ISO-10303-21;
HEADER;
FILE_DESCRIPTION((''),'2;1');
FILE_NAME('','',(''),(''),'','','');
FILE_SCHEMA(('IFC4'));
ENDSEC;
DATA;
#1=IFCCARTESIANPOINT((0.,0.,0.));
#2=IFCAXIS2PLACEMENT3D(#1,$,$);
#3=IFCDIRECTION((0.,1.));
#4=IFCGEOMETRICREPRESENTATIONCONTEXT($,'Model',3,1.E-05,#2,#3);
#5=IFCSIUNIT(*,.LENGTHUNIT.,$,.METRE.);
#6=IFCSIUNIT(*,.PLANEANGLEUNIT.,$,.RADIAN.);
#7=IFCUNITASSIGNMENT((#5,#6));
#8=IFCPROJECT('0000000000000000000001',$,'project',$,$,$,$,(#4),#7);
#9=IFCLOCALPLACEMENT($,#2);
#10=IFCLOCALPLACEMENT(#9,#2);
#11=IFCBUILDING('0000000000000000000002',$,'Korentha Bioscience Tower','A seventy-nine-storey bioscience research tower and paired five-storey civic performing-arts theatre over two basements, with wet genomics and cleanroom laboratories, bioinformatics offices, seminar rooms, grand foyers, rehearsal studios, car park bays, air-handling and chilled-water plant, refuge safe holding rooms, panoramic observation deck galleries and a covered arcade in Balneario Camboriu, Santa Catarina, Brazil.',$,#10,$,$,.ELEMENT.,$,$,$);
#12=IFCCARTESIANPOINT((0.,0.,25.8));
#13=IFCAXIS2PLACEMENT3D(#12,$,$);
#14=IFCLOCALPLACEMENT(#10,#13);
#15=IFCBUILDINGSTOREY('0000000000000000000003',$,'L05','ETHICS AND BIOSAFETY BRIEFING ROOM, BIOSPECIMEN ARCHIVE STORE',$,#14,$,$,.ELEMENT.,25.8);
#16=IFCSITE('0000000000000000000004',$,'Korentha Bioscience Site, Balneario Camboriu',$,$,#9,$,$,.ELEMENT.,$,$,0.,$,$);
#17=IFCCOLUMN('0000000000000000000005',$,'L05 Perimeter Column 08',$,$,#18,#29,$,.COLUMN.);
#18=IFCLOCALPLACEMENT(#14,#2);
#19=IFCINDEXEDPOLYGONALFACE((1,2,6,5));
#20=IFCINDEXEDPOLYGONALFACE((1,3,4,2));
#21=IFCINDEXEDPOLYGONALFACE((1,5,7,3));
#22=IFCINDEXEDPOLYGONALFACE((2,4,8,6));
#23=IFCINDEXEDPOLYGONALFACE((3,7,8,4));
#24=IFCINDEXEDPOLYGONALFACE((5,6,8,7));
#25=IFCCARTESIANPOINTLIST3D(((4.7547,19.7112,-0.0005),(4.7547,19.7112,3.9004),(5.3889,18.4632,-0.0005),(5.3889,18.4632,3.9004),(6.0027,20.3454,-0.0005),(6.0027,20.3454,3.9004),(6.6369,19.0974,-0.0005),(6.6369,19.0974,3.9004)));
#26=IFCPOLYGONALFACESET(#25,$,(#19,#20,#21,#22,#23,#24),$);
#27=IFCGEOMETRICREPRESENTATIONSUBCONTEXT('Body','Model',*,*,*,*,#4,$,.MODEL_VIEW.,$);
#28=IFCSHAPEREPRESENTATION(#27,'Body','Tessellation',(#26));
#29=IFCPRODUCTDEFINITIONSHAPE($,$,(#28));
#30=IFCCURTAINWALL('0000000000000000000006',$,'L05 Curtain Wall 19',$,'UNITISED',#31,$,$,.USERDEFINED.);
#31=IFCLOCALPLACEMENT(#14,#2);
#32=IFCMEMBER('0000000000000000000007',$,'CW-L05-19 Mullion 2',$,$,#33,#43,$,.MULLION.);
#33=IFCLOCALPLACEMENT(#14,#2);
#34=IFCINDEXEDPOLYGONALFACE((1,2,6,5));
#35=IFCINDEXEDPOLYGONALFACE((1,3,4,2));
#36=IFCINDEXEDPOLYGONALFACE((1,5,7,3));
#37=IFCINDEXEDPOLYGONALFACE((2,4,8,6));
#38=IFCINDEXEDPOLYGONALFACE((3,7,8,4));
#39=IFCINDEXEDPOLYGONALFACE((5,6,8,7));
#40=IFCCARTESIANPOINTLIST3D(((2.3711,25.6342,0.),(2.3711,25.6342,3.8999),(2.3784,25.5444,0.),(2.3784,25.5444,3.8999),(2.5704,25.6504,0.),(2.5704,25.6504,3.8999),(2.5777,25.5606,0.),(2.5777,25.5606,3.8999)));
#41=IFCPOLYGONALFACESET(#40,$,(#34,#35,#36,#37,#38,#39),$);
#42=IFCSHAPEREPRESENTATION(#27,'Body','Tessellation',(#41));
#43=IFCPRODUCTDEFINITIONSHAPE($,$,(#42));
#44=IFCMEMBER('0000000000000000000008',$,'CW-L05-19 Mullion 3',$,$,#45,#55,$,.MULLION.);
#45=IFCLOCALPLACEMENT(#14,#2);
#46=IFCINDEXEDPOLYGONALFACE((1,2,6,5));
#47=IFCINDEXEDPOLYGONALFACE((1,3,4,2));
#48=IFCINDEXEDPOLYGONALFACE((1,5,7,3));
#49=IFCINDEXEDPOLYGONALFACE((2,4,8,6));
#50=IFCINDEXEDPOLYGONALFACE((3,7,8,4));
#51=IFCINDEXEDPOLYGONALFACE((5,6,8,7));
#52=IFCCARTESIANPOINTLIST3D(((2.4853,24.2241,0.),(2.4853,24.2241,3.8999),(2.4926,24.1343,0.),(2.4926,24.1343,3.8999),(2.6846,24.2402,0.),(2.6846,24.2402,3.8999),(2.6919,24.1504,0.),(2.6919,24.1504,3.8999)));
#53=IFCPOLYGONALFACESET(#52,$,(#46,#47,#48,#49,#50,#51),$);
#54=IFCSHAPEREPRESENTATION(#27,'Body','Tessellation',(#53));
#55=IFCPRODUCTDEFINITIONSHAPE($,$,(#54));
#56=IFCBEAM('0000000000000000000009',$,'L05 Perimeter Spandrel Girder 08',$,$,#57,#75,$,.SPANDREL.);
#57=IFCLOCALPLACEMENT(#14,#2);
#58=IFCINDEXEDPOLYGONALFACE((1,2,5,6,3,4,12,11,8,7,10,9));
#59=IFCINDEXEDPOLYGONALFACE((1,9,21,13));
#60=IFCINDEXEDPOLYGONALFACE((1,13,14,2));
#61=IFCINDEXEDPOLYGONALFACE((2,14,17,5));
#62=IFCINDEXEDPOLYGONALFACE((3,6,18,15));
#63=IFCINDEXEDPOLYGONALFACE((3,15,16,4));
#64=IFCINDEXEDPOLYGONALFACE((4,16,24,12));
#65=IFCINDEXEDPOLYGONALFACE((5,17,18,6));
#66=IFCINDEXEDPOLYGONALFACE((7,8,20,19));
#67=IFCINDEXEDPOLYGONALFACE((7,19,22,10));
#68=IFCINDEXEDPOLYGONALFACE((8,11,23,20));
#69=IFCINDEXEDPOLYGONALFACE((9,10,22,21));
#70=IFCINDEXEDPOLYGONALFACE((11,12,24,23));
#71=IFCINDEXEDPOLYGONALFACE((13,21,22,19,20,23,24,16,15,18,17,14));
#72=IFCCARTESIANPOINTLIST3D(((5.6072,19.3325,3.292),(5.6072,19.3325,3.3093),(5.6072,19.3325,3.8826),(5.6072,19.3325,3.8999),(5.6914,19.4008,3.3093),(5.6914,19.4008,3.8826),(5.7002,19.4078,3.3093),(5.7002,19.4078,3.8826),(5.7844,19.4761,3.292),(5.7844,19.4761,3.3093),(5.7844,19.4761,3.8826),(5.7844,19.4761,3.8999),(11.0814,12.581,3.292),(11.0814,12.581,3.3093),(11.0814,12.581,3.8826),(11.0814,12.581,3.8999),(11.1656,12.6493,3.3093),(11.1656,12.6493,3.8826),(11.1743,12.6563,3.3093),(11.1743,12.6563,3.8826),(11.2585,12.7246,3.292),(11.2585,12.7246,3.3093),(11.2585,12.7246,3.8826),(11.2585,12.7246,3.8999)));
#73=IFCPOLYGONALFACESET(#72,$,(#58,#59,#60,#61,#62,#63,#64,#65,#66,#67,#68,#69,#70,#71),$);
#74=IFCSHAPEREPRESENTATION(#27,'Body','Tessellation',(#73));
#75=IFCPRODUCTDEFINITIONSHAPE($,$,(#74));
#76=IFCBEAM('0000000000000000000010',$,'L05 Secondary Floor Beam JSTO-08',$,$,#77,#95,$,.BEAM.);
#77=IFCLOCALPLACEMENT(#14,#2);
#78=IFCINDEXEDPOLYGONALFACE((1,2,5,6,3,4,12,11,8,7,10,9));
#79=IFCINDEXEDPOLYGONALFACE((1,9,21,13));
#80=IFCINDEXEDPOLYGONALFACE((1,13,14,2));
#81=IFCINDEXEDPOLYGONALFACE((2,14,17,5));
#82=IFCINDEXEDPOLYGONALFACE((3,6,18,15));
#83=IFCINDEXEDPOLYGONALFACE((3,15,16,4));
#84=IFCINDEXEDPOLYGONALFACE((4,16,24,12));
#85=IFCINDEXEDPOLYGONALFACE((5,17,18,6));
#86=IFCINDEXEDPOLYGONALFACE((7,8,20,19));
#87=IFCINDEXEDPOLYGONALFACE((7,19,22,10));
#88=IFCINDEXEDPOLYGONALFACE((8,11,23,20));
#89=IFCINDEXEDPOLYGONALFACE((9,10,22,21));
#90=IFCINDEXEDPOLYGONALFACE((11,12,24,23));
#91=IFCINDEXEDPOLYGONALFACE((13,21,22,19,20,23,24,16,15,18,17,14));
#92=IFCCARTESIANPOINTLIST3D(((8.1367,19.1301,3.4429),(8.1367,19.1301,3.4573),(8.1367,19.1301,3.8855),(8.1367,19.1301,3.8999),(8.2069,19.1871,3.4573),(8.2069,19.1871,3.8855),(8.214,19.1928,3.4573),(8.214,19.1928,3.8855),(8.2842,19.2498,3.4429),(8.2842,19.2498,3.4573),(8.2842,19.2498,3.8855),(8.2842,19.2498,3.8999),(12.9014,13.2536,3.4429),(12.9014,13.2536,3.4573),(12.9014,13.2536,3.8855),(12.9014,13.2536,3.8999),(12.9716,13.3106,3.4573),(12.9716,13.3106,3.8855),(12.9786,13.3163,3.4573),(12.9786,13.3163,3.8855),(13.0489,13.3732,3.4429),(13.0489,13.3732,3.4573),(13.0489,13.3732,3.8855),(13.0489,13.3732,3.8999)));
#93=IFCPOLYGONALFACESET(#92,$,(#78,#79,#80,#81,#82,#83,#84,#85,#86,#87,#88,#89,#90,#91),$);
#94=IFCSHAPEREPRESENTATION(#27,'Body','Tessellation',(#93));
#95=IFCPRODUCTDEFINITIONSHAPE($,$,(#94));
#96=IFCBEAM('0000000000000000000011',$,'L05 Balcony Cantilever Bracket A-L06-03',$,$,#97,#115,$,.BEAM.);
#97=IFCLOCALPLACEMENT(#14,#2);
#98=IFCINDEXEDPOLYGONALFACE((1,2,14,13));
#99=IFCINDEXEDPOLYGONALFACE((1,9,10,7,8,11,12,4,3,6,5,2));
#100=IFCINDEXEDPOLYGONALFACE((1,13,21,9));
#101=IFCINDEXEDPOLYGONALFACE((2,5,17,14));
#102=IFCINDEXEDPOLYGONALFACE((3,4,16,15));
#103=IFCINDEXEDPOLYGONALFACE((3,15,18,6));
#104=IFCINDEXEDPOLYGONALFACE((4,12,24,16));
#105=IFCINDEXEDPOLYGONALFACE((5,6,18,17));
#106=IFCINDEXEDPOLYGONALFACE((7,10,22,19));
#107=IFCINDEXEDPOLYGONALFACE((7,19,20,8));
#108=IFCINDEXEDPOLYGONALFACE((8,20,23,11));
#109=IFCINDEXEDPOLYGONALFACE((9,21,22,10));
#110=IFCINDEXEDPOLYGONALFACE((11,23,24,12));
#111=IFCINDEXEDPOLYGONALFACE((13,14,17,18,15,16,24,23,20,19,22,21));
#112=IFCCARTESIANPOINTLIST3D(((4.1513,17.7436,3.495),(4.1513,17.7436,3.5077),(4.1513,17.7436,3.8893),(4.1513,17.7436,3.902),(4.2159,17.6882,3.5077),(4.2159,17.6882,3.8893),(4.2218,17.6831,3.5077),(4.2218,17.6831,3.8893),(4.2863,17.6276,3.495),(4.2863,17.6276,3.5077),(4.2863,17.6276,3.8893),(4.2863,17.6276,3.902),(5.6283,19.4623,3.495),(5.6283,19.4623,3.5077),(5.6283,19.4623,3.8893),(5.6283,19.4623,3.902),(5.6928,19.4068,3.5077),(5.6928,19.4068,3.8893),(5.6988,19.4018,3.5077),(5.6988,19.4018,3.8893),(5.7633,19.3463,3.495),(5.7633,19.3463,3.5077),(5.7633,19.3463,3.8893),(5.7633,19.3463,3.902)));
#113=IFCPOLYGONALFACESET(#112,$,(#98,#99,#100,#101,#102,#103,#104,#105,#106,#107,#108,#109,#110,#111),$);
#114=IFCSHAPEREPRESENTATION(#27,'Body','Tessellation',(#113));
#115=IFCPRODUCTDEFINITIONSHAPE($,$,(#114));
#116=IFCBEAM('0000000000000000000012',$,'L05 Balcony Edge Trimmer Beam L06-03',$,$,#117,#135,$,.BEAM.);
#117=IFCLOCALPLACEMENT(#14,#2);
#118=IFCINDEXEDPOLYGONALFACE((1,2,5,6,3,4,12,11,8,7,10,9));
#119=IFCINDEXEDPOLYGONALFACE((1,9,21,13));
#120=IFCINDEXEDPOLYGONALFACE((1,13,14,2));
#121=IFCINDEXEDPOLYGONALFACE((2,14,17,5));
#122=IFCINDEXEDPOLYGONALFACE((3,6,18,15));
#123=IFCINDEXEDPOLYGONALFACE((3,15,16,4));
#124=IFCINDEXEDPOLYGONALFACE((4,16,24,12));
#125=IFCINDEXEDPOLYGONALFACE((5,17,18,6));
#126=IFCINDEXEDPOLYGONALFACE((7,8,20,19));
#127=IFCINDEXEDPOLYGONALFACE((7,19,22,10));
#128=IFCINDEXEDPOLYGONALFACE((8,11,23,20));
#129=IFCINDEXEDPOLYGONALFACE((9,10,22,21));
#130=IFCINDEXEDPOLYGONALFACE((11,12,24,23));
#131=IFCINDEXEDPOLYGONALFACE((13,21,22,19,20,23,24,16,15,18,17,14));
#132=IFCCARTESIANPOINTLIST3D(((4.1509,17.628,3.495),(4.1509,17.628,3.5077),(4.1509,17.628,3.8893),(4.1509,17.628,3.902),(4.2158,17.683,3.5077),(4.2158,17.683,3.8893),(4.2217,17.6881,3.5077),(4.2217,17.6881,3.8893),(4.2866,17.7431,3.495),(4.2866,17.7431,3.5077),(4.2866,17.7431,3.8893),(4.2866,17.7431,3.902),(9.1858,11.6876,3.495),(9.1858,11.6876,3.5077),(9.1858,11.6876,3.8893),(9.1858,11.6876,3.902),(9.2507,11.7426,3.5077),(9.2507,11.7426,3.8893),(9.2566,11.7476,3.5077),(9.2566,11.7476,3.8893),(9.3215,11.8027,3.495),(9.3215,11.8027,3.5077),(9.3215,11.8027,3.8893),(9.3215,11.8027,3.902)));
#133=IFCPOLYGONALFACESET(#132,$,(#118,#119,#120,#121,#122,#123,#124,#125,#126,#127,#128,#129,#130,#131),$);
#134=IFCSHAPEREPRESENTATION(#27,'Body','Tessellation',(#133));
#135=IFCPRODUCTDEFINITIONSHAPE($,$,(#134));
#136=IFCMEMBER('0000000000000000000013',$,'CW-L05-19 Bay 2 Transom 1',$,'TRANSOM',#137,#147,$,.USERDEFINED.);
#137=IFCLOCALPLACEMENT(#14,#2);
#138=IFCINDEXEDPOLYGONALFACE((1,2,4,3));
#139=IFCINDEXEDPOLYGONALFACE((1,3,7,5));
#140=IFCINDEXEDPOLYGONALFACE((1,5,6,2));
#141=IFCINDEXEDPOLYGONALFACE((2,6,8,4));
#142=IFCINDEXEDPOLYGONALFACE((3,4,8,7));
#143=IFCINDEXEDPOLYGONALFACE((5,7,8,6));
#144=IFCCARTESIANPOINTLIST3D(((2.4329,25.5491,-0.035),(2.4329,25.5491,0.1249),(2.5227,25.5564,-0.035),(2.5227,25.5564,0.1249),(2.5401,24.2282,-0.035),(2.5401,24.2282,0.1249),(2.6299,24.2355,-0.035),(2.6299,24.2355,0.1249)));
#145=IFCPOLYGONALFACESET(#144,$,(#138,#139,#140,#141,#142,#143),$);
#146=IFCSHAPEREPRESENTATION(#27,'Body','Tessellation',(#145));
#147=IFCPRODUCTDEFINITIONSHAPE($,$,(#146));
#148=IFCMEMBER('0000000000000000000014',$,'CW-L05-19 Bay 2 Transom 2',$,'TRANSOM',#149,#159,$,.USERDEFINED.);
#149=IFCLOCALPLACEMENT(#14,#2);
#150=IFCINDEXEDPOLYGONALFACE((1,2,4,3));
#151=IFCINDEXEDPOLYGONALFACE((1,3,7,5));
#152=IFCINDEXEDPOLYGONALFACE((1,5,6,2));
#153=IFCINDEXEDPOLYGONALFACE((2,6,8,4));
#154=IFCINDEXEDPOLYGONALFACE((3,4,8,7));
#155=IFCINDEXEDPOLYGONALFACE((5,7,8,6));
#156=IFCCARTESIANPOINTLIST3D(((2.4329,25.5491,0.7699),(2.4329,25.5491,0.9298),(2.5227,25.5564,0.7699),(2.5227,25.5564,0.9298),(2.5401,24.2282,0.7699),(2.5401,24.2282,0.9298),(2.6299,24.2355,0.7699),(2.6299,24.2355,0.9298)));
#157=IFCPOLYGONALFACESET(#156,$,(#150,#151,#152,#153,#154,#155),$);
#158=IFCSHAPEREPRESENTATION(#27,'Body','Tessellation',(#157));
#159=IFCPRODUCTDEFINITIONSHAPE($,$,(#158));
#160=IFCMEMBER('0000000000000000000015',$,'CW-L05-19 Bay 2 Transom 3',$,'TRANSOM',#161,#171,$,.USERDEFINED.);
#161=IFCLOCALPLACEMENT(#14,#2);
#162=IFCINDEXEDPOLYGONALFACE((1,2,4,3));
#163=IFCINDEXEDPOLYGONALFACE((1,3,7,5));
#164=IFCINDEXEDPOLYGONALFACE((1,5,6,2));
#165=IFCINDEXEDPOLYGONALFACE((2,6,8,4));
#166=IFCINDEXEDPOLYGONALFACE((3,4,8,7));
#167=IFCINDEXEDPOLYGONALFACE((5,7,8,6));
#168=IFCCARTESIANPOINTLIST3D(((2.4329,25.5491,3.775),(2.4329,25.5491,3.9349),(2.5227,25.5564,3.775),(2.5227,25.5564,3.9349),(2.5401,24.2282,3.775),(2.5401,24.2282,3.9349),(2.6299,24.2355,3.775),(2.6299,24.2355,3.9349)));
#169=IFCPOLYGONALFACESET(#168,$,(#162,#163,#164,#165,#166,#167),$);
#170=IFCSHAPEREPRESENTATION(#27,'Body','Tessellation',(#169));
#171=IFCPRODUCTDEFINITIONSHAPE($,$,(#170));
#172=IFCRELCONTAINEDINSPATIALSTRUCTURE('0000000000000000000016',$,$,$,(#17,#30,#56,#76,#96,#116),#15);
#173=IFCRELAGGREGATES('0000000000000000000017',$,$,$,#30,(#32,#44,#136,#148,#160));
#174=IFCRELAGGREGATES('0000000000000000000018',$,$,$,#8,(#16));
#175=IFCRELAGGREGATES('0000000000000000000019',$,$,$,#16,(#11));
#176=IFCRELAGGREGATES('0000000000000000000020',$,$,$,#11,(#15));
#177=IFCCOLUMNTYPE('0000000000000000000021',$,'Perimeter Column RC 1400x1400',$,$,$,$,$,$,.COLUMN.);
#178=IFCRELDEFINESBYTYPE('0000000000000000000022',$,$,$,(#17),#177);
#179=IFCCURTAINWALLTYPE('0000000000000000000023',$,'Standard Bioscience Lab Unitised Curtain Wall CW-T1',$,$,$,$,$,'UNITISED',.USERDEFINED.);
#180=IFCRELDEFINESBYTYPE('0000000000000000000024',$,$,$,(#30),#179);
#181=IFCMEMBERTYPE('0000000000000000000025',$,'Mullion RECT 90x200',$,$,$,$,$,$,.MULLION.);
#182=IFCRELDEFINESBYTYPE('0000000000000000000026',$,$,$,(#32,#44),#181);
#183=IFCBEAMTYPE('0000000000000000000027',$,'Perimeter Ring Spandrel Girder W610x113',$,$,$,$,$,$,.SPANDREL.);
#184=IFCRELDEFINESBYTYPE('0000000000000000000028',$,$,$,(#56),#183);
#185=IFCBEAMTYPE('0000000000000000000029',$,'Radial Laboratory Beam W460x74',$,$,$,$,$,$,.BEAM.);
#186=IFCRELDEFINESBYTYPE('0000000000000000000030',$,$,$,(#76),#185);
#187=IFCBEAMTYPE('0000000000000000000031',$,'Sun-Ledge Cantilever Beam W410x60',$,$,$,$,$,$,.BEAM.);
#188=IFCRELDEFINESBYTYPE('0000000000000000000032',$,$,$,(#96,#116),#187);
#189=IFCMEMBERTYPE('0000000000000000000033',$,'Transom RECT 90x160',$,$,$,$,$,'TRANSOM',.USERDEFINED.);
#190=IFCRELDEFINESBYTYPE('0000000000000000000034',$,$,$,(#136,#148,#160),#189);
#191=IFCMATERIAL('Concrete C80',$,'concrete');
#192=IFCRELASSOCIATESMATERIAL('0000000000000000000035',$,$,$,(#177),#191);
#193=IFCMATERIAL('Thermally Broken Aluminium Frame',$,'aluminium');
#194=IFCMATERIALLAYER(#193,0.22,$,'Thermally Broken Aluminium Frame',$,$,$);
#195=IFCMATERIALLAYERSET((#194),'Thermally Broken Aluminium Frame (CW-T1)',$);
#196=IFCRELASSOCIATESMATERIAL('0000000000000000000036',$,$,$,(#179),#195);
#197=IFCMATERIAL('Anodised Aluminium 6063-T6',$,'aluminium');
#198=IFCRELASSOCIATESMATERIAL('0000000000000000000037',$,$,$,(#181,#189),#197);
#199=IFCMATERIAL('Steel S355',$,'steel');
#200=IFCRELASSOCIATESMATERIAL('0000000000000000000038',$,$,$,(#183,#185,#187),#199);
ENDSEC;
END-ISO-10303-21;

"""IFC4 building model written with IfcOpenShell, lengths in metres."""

from ifc_helpers import new_model, si_unit, direction, frame, origin, origin_2d, place, context, subcontext, project, spatial, rectangle, i_section, extrude, material, layer, layer_set, material_profile, profile_set, type_object, element, aggregate, save


model = new_model("IFC4")

# Units and contexts
model_context = context("Model", 3, precision=1e-05, world=origin(), true_north=direction((0.0, 1.0)))
body_context = subcontext(model_context, "Body", "Model", "MODEL_VIEW")
ifc_project = project(units=[si_unit("LENGTHUNIT", "METRE"), si_unit("PLANEANGLEUNIT", "RADIAN")], contexts=[model_context])

# Site, building, storey
site_placement = place(None, origin())
site = spatial("IfcSite", under=ifc_project, at=site_placement, Name="Korentha Bioscience Site, Balneario Camboriu", CompositionType="ELEMENT", RefElevation=0.0)
building_placement = place(site_placement, origin())
building = spatial("IfcBuilding", under=site, at=building_placement, Name="Korentha Bioscience Tower", Description="A seventy-nine-storey bioscience research tower and paired five-storey civic performing-arts theatre over two basements, with wet genomics and cleanroom laboratories, bioinformatics offices, seminar rooms, grand foyers, rehearsal studios, car park bays, air-handling and chilled-water plant, refuge safe holding rooms, panoramic observation deck galleries and a covered arcade in Balneario Camboriu, Santa Catarina, Brazil.", CompositionType="ELEMENT")
storey_placement = place(building_placement, frame((0.0, 0.0, 25.8)))
storey = spatial("IfcBuildingStorey", under=building, at=storey_placement, Name="L05", Description="ETHICS AND BIOSAFETY BRIEFING ROOM, BIOSPECIMEN ARCHIVE STORE", CompositionType="ELEMENT", Elevation=25.8)

# Column
ifc_material_1 = material(Name="Concrete C80", Category="concrete")
ifc_material_profile_1 = material_profile(ifc_material_1, rectangle(XDim=1.3999, YDim=1.3999, at=origin_2d()), Name="Concrete C80")
ifc_profile_set_1 = profile_set([ifc_material_profile_1], Name="Concrete C80 (COL-P14)")
column_type = type_object("IfcColumnType", Name="Perimeter Column RC 1400x1400", PredefinedType="COLUMN", material=ifc_profile_set_1)
column_placement = place(storey_placement, frame((5.6958, 19.4043, -0.0005), z_axis=(0.0, 0.0, 1.0), x_axis=(-0.453057, 0.891481, 0.0)))
element("IfcColumn", 1, at=column_placement, inside=storey, type_object=column_type, Name="L05 Perimeter Column 08", PredefinedType="COLUMN", context=body_context, shape_type="SweptSolid", body=[
    extrude(rectangle(XDim=1.3999, YDim=1.3999, at=origin_2d()), origin(), (0.0, 0.0, 1.0), 3.9009),
])

# Curtain wall, members
ifc_material_2 = material(Name="Thermally Broken Aluminium Frame", Category="aluminium")
ifc_layer_1 = layer(ifc_material_2, 0.22, Name="Thermally Broken Aluminium Frame")
ifc_layer_set_1 = layer_set([ifc_layer_1], Name="Thermally Broken Aluminium Frame (CW-T1)")
curtain_wall_type = type_object("IfcCurtainWallType", Name="Standard Bioscience Lab Unitised Curtain Wall CW-T1", ElementType="UNITISED", PredefinedType="USERDEFINED", material=ifc_layer_set_1)
curtain_wall_placement = place(storey_placement, origin())
curtain_wall = element("IfcCurtainWall", 2, at=curtain_wall_placement, inside=storey, type_object=curtain_wall_type, Name="L05 Curtain Wall 19", ObjectType="UNITISED", PredefinedType="USERDEFINED")
ifc_material_3 = material(Name="Anodised Aluminium 6063-T6", Category="aluminium")
ifc_material_profile_2 = material_profile(ifc_material_3, rectangle(XDim=0.0901, YDim=0.2, at=origin_2d()), Name="Anodised Aluminium 6063-T6")
ifc_profile_set_2 = profile_set([ifc_material_profile_2], Name="Anodised Aluminium 6063-T6 (CW-MUL)")
member_type_1 = type_object("IfcMemberType", Name="Mullion RECT 90x200", PredefinedType="MULLION", material=ifc_profile_set_2)
member_1_placement = place(storey_placement, frame((2.4744, 25.5974, 0.0), z_axis=(0.0, 0.0, 1.0), x_axis=(0.08082, -0.996729, 0.0)))
member_1 = element("IfcMember", 3, at=member_1_placement, type_object=member_type_1, Name="CW-L05-19 Mullion 2", PredefinedType="MULLION", context=body_context, shape_type="SweptSolid", body=[
    extrude(rectangle(XDim=0.0901, YDim=0.2, at=origin_2d()), origin(), (0.0, 0.0, 1.0), 3.8999),
])
member_2_placement = place(storey_placement, frame((2.5886, 24.1873, 0.0), z_axis=(0.0, 0.0, 1.0), x_axis=(0.08082, -0.996729, 0.0)))
member_2 = element("IfcMember", 4, at=member_2_placement, type_object=member_type_1, Name="CW-L05-19 Mullion 3", PredefinedType="MULLION", context=body_context, shape_type="SweptSolid", body=[
    extrude(rectangle(XDim=0.0901, YDim=0.2, at=origin_2d()), origin(), (0.0, 0.0, 1.0), 3.8999),
])

# Beams
ifc_material_4 = material(Name="Steel S355", Category="steel")
ifc_material_profile_3 = material_profile(ifc_material_4, i_section(OverallWidth=0.228, OverallDepth=0.6079, WebThickness=0.0112, FlangeThickness=0.0173, at=origin_2d()), Name="Steel S355")
ifc_profile_set_3 = profile_set([ifc_material_profile_3], Name="Steel S355 (SB-610)")
beam_type_1 = type_object("IfcBeamType", Name="Perimeter Ring Spandrel Girder W610x113", PredefinedType="SPANDREL", material=ifc_profile_set_3)
beam_1_placement = place(storey_placement, frame((5.6958, 19.4043, 3.5959), z_axis=(0.629799, -0.776758, 0.0), x_axis=(0.776758, 0.629799, 0.0)))
element("IfcBeam", 5, at=beam_1_placement, inside=storey, type_object=beam_type_1, Name="L05 Perimeter Spandrel Girder 08", PredefinedType="SPANDREL", context=body_context, shape_type="SweptSolid", body=[
    extrude(i_section(OverallWidth=0.228, OverallDepth=0.6079, WebThickness=0.0112, FlangeThickness=0.0173, at=origin_2d()), origin(), (0.0, 0.0, 1.0), 8.6919),
])
ifc_material_profile_4 = material_profile(ifc_material_4, i_section(OverallWidth=0.1899, OverallDepth=0.457, WebThickness=0.009, FlangeThickness=0.0144, at=origin_2d()), Name="Steel S355")
ifc_profile_set_4 = profile_set([ifc_material_profile_4], Name="Steel S355 (RB-460)")
beam_type_2 = type_object("IfcBeamType", Name="Radial Laboratory Beam W460x74", PredefinedType="BEAM", material=ifc_profile_set_4)
beam_2_placement = place(storey_placement, frame((8.2104, 19.1899, 3.6714), z_axis=(0.629798, -0.776759, 0.0), x_axis=(0.776759, 0.629798, 0.0)))
element("IfcBeam", 6, at=beam_2_placement, inside=storey, type_object=beam_type_2, Name="L05 Secondary Floor Beam JSTO-08", PredefinedType="BEAM", context=body_context, shape_type="SweptSolid", body=[
    extrude(i_section(OverallWidth=0.1899, OverallDepth=0.457, WebThickness=0.009, FlangeThickness=0.0144, at=origin_2d()), origin(), (0.0, 0.0, 1.0), 7.5654),
])
ifc_material_profile_5 = material_profile(ifc_material_4, i_section(OverallWidth=0.178, OverallDepth=0.407, WebThickness=0.0078, FlangeThickness=0.0127, at=origin_2d()), Name="Steel S355")
ifc_profile_set_5 = profile_set([ifc_material_profile_5], Name="Steel S355 (CB-410)")
beam_type_3 = type_object("IfcBeamType", Name="Sun-Ledge Cantilever Beam W410x60", PredefinedType="BEAM", material=ifc_profile_set_5)
beam_3_placement = place(storey_placement, frame((5.6958, 19.4043, 3.6985), z_axis=(-0.651767, -0.758419, 0.0), x_axis=(0.758419, -0.651767, 0.0)))
element("IfcBeam", 7, at=beam_3_placement, inside=storey, type_object=beam_type_3, Name="L05 Balcony Cantilever Bracket A-L06-03", PredefinedType="BEAM", context=body_context, shape_type="SweptSolid", body=[
    extrude(i_section(OverallWidth=0.178, OverallDepth=0.407, WebThickness=0.0078, FlangeThickness=0.0127, at=origin_2d()), origin(), (0.0, 0.0, 1.0), 2.2661),
])
beam_4_placement = place(storey_placement, frame((4.2188, 17.6855, 3.6985), z_axis=(0.64657, -0.762854, 0.0), x_axis=(0.762854, 0.64657, 0.0)))
element("IfcBeam", 8, at=beam_4_placement, inside=storey, type_object=beam_type_3, Name="L05 Balcony Edge Trimmer Beam L06-03", PredefinedType="BEAM", context=body_context, shape_type="SweptSolid", body=[
    extrude(i_section(OverallWidth=0.178, OverallDepth=0.407, WebThickness=0.0078, FlangeThickness=0.0127, at=origin_2d()), origin(), (0.0, 0.0, 1.0), 7.7871),
])

# Members
ifc_material_profile_6 = material_profile(ifc_material_3, rectangle(XDim=0.0901, YDim=0.1599, at=origin_2d()), Name="Anodised Aluminium 6063-T6")
ifc_profile_set_6 = profile_set([ifc_material_profile_6], Name="Anodised Aluminium 6063-T6 (CW-TRN)")
member_type_2 = type_object("IfcMemberType", Name="Transom RECT 90x160", ElementType="TRANSOM", PredefinedType="USERDEFINED", material=ifc_profile_set_6)
member_3_placement = place(storey_placement, frame((2.4778, 25.5527, 0.0449), z_axis=(0.08088, -0.996724, 0.0), x_axis=(0.996724, 0.08088, 0.0)))
member_3 = element("IfcMember", 9, at=member_3_placement, type_object=member_type_2, Name="CW-L05-19 Bay 2 Transom 1", ObjectType="TRANSOM", PredefinedType="USERDEFINED", context=body_context, shape_type="SweptSolid", body=[
    extrude(rectangle(XDim=0.0901, YDim=0.1599, at=origin_2d()), origin(), (0.0, 0.0, 1.0), 1.3252),
])
member_4_placement = place(storey_placement, frame((2.4778, 25.5527, 0.8499), z_axis=(0.08088, -0.996724, 0.0), x_axis=(0.996724, 0.08088, 0.0)))
member_4 = element("IfcMember", 10, at=member_4_placement, type_object=member_type_2, Name="CW-L05-19 Bay 2 Transom 2", ObjectType="TRANSOM", PredefinedType="USERDEFINED", context=body_context, shape_type="SweptSolid", body=[
    extrude(rectangle(XDim=0.0901, YDim=0.1599, at=origin_2d()), origin(), (0.0, 0.0, 1.0), 1.3252),
])
member_5_placement = place(storey_placement, frame((2.4778, 25.5527, 3.855), z_axis=(0.08088, -0.996724, 0.0), x_axis=(0.996724, 0.08088, 0.0)))
member_5 = element("IfcMember", 11, at=member_5_placement, type_object=member_type_2, Name="CW-L05-19 Bay 2 Transom 3", ObjectType="TRANSOM", PredefinedType="USERDEFINED", context=body_context, shape_type="SweptSolid", body=[
    extrude(rectangle(XDim=0.0901, YDim=0.1599, at=origin_2d()), origin(), (0.0, 0.0, 1.0), 1.3252),
])

aggregate(curtain_wall, [member_1, member_2, member_3, member_4, member_5])

save(model, "model.ifc")
